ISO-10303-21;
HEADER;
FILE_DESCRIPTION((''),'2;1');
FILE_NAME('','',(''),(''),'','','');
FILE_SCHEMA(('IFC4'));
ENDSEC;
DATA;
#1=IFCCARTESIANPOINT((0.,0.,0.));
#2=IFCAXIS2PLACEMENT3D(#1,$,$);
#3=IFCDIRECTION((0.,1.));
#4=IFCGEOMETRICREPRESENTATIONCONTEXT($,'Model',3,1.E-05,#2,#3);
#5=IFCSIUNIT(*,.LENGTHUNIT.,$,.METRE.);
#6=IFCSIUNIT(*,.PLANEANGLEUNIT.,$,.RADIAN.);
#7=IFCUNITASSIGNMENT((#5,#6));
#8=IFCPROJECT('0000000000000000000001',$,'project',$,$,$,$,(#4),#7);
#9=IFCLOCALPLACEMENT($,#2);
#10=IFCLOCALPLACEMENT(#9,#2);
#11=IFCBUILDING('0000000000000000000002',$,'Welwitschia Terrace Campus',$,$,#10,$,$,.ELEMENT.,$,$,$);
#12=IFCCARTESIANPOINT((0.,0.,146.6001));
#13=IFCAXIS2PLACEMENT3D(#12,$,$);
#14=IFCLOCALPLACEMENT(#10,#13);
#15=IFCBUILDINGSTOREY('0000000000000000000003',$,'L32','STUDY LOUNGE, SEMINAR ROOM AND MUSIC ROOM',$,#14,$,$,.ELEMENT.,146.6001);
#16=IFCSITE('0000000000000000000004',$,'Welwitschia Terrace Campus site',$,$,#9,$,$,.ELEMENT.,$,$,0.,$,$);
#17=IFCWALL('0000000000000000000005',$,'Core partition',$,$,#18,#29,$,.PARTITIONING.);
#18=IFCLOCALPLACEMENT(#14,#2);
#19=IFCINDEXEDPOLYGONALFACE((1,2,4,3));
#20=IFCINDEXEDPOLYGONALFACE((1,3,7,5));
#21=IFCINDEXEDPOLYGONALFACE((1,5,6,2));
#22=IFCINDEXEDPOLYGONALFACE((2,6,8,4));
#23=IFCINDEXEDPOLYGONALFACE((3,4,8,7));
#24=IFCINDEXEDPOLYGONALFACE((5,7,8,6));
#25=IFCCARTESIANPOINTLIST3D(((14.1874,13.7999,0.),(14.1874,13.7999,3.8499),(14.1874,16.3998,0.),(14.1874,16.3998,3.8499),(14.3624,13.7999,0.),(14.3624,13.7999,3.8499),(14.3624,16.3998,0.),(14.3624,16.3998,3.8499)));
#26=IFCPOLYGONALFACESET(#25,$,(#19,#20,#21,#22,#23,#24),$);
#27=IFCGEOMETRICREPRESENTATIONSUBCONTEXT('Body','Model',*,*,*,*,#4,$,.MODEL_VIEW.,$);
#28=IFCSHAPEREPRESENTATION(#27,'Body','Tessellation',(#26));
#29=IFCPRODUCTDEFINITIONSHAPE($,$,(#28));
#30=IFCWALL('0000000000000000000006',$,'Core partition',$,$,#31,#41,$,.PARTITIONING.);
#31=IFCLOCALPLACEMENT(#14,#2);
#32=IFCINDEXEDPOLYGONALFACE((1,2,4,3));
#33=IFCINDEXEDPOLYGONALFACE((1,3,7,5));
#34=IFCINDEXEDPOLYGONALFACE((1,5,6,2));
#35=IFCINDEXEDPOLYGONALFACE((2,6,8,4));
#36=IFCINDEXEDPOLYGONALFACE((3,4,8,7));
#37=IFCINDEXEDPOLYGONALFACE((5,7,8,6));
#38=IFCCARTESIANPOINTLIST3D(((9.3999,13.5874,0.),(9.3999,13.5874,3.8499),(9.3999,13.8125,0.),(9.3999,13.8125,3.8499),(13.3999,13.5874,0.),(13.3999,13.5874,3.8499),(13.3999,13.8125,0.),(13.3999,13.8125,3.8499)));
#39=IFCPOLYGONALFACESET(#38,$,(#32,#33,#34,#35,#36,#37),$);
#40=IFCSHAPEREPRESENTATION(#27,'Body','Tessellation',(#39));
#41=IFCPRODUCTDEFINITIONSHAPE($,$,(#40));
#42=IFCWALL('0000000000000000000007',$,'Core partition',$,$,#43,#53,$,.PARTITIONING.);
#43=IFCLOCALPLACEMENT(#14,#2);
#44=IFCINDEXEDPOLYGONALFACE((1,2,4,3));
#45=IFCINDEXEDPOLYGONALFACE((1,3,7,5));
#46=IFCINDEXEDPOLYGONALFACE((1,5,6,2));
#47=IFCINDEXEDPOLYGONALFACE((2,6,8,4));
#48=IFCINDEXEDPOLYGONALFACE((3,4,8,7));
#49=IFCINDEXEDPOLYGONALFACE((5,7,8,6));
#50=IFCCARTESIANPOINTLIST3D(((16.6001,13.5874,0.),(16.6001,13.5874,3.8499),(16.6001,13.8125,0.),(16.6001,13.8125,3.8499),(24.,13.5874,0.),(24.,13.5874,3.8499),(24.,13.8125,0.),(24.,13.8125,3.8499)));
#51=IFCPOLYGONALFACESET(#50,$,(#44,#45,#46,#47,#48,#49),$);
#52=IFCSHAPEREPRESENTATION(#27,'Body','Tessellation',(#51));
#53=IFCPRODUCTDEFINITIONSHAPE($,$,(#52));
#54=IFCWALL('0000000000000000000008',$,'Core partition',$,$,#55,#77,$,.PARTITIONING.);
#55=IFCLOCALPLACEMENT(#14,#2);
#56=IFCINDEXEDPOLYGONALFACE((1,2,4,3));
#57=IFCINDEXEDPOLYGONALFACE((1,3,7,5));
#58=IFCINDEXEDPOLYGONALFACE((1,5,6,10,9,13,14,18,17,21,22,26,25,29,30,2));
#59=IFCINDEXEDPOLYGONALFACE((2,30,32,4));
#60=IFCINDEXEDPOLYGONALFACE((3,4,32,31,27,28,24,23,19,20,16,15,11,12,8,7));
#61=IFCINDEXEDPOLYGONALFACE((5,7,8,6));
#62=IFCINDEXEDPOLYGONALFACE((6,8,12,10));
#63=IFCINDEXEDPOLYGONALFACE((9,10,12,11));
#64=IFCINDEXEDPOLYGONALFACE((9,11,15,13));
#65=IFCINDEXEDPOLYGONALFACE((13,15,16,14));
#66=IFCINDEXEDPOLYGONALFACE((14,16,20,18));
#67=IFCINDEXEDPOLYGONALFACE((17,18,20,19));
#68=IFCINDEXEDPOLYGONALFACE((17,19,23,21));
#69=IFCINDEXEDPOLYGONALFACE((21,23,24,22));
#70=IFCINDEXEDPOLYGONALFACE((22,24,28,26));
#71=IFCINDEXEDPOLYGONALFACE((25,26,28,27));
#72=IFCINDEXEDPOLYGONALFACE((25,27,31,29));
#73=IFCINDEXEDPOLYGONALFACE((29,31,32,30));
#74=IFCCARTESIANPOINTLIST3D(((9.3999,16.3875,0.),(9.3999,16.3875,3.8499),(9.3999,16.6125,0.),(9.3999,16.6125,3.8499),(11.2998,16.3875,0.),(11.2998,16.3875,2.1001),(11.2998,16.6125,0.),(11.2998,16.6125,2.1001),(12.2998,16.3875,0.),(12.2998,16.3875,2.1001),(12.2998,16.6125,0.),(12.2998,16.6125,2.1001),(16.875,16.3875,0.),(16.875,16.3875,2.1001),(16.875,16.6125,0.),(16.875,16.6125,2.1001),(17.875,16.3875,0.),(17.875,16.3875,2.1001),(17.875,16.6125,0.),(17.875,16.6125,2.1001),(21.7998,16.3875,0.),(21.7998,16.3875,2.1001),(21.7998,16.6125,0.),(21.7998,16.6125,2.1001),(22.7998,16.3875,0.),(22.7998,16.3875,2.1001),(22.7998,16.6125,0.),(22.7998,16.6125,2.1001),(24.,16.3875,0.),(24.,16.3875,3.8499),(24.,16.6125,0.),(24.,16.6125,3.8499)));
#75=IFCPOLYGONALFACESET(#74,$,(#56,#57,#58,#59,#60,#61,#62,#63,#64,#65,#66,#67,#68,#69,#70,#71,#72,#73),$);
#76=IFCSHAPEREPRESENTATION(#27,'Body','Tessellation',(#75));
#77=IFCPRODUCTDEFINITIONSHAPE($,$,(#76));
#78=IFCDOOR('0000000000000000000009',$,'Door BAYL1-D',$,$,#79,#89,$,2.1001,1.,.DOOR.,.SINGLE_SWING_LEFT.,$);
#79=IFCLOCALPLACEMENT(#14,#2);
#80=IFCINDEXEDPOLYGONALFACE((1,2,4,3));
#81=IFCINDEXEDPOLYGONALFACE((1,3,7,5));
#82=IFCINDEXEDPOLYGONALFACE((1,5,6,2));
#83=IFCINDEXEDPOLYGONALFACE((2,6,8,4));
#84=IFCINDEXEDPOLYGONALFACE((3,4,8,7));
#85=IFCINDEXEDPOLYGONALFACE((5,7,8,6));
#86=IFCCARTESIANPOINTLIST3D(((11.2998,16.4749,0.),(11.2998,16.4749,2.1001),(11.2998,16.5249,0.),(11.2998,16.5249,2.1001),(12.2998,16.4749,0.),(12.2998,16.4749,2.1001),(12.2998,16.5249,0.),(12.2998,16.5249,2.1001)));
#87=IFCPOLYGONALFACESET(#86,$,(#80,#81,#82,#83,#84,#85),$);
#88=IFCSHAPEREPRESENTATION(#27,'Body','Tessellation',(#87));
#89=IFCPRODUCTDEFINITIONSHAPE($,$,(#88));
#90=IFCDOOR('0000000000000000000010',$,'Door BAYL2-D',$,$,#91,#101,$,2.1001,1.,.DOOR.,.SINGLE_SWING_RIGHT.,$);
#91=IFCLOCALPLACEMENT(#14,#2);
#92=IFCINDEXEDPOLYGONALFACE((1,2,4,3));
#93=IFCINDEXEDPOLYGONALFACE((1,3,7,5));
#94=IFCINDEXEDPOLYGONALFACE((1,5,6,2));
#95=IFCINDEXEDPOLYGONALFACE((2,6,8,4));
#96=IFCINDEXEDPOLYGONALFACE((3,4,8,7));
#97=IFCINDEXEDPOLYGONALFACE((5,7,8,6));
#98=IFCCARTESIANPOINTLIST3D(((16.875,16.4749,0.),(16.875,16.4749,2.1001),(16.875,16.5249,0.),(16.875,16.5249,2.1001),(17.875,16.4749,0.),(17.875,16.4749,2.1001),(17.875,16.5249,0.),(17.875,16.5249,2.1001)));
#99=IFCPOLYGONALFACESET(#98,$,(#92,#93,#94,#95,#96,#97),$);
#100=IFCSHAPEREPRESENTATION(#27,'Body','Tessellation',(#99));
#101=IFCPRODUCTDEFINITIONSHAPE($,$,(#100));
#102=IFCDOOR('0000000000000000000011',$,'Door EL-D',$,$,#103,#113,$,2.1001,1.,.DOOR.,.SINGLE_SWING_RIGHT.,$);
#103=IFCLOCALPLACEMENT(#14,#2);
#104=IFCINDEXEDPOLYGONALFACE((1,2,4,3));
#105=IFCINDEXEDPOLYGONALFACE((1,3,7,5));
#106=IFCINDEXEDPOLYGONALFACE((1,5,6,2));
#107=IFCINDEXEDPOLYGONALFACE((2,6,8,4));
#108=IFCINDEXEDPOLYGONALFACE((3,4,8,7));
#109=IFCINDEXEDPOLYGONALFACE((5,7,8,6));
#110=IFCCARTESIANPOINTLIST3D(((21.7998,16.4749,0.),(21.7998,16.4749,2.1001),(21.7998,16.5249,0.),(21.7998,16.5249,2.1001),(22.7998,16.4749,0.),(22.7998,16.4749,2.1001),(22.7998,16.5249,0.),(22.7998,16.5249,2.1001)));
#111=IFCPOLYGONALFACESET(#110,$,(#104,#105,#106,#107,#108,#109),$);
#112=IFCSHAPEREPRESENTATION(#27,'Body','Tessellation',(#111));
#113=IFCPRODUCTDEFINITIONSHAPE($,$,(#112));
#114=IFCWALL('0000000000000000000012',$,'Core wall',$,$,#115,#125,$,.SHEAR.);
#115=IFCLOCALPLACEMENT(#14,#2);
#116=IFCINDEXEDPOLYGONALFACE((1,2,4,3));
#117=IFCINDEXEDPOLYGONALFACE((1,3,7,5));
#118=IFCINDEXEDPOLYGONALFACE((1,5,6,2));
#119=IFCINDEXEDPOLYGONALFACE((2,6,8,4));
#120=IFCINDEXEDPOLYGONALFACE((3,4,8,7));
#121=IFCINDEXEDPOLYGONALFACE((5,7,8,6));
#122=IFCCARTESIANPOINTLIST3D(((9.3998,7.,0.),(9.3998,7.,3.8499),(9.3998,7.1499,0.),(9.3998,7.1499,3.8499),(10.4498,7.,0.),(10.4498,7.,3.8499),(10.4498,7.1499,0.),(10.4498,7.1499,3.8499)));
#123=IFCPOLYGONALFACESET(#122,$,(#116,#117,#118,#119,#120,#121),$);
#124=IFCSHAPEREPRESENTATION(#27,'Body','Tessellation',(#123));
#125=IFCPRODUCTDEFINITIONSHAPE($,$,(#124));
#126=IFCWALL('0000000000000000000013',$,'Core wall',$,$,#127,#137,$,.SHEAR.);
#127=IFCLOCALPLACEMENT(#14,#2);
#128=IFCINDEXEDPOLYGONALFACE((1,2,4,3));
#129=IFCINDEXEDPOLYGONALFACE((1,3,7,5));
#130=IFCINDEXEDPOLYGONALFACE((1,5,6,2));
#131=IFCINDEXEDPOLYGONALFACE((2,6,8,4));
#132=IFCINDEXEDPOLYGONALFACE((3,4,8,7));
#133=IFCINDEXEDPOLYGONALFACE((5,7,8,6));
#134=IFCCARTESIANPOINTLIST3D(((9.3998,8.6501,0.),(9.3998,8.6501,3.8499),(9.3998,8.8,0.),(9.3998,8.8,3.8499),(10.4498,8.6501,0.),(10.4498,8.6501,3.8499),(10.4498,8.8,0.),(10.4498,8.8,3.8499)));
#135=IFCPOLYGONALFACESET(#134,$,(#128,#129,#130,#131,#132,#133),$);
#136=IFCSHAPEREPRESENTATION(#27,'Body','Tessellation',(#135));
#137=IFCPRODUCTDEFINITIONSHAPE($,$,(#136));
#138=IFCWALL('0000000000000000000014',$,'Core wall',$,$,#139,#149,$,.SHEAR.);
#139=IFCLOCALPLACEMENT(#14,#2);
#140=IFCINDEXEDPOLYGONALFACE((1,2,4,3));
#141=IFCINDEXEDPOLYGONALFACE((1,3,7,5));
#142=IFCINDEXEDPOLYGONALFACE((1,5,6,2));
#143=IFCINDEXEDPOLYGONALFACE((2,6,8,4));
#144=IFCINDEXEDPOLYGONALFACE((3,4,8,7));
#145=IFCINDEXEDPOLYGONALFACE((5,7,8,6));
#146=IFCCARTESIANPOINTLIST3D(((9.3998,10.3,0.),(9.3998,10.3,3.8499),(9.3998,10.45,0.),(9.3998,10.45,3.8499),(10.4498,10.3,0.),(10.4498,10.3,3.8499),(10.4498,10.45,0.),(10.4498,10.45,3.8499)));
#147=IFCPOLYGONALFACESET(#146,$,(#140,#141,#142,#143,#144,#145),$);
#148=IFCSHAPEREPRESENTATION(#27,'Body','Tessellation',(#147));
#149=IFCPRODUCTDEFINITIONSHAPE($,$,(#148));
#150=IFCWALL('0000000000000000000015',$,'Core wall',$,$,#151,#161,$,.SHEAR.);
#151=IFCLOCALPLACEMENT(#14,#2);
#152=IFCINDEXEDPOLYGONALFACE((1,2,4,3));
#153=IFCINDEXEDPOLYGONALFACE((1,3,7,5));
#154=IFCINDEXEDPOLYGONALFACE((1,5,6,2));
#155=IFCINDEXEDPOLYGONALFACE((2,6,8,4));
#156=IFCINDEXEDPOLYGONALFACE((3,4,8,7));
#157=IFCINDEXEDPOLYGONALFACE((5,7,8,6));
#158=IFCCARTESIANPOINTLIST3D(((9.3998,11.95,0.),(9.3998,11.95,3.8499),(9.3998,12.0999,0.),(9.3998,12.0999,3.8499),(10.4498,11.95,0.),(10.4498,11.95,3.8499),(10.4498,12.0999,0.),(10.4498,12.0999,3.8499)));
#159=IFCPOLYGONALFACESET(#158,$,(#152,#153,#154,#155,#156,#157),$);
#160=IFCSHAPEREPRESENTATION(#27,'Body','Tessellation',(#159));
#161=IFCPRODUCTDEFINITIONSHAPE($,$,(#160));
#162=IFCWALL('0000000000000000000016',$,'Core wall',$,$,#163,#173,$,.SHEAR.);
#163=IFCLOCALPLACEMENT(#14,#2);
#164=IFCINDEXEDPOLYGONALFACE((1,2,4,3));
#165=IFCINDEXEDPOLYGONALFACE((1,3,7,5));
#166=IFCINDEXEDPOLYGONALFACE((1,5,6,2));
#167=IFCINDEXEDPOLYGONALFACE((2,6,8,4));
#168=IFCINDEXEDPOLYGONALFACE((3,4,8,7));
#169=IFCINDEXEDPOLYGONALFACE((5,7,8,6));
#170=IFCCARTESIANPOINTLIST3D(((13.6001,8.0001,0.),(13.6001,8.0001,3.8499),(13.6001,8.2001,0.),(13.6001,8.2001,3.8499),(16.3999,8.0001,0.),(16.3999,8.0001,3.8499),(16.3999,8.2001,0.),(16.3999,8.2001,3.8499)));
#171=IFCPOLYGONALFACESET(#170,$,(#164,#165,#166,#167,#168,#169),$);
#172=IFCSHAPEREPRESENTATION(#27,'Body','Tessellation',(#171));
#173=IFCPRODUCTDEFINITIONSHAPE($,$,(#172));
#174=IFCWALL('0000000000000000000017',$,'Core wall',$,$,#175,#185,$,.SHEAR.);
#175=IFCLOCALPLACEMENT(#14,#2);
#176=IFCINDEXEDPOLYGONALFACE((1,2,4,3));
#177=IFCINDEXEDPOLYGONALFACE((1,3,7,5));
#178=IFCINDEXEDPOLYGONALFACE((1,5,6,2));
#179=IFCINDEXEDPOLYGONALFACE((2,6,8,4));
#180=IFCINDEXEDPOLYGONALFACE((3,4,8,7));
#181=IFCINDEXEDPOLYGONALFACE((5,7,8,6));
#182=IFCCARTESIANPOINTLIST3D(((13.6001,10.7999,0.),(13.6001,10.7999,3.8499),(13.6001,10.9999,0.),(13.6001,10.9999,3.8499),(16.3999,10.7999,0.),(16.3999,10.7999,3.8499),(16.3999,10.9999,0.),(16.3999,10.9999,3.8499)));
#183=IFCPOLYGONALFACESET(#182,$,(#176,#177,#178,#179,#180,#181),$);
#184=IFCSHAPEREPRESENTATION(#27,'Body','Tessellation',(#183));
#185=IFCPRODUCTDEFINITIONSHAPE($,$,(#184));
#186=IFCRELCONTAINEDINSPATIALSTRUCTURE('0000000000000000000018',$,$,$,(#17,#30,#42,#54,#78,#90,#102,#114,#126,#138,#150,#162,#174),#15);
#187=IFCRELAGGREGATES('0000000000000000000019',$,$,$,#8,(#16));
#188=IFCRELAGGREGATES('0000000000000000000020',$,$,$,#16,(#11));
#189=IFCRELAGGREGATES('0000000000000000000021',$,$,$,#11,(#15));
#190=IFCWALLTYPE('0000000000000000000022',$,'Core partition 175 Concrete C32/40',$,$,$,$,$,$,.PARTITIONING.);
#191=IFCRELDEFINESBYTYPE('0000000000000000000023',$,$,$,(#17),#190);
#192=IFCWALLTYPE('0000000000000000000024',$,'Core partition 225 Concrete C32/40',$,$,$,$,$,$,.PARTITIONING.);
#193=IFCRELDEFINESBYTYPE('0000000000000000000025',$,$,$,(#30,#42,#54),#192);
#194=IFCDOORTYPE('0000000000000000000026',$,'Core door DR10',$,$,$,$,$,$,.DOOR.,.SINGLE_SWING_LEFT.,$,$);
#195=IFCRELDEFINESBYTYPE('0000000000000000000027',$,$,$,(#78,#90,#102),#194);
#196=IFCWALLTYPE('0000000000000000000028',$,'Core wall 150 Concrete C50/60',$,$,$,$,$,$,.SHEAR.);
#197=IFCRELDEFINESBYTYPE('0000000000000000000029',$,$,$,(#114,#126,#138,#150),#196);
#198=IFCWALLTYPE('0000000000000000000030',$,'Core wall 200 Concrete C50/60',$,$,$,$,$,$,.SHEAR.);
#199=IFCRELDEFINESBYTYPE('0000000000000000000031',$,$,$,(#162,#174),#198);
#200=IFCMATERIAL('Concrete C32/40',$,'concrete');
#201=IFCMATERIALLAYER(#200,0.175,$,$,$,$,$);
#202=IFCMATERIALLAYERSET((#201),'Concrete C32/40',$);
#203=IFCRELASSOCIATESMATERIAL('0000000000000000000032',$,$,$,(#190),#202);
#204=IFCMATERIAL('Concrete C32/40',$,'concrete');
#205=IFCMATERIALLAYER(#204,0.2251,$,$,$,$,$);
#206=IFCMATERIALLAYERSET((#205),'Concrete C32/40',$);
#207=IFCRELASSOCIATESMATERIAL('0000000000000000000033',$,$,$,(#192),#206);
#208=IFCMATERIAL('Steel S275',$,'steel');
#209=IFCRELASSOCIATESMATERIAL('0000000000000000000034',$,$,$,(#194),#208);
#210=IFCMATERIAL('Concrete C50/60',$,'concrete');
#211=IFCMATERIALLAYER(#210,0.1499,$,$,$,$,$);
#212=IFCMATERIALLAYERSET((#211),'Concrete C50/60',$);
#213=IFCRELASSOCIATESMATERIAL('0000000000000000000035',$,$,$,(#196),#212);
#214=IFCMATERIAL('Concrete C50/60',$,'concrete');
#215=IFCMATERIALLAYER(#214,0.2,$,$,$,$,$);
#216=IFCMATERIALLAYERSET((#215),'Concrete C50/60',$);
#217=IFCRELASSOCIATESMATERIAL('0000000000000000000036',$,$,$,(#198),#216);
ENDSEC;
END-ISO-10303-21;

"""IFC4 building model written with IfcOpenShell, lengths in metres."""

from ifc_helpers import new_model, si_unit, direction, frame, frame_2d, origin, place, context, subcontext, project, spatial, rectangle, extrude, material, layer, layer_set, type_object, element, fill, save


model = new_model("IFC4")

# Units and contexts
model_context = context("Model", 3, precision=1e-05, world=origin(), true_north=direction((0.0, 1.0)))
body_context = subcontext(model_context, "Body", "Model", "MODEL_VIEW")
ifc_project = project(units=[si_unit("LENGTHUNIT", "METRE"), si_unit("PLANEANGLEUNIT", "RADIAN")], contexts=[model_context])

# Site, building, storey
site_placement = place(None, origin())
site = spatial("IfcSite", under=ifc_project, at=site_placement, Name="Welwitschia Terrace Campus site", CompositionType="ELEMENT", RefElevation=0.0)
building_placement = place(site_placement, origin())
building = spatial("IfcBuilding", under=site, at=building_placement, Name="Welwitschia Terrace Campus", CompositionType="ELEMENT")
storey_placement = place(building_placement, frame((0.0, 0.0, 146.6001)))
storey = spatial("IfcBuildingStorey", under=building, at=storey_placement, Name="L32", Description="STUDY LOUNGE, SEMINAR ROOM AND MUSIC ROOM", CompositionType="ELEMENT", Elevation=146.6001)

# Walls
ifc_material_1 = material(Name="Concrete C32/40", Category="concrete")
ifc_layer_1 = layer(ifc_material_1, 0.175)
ifc_layer_set_1 = layer_set([ifc_layer_1], Name="Concrete C32/40")
wall_type_1 = type_object("IfcWallType", Name="Core partition 175 Concrete C32/40", PredefinedType="PARTITIONING", material=ifc_layer_set_1)
wall_1_placement = place(storey_placement, frame((14.2749, 13.8, 0.0), z_axis=(0.0, 0.0, 1.0), x_axis=(0.0, 1.0, 0.0)))
element("IfcWall", 1, at=wall_1_placement, inside=storey, type_object=wall_type_1, Name="Core partition", PredefinedType="PARTITIONING", context=body_context, shape_type="SweptSolid", body=[
    extrude(rectangle(XDim=2.5999, YDim=0.175, at=frame_2d((1.2998, 0.0))), origin(), (0.0, 0.0, 1.0), 3.8499),
])
ifc_material_2 = material(Name="Concrete C32/40", Category="concrete")
ifc_layer_2 = layer(ifc_material_2, 0.2251)
ifc_layer_set_2 = layer_set([ifc_layer_2], Name="Concrete C32/40")
wall_type_2 = type_object("IfcWallType", Name="Core partition 225 Concrete C32/40", PredefinedType="PARTITIONING", material=ifc_layer_set_2)
wall_2_placement = place(storey_placement, frame((9.3999, 13.7, 0.0), z_axis=(0.0, 0.0, 1.0), x_axis=(1.0, 0.0, 0.0)))
element("IfcWall", 2, at=wall_2_placement, inside=storey, type_object=wall_type_2, Name="Core partition", PredefinedType="PARTITIONING", context=body_context, shape_type="SweptSolid", body=[
    extrude(rectangle(XDim=4.0, YDim=0.2251, at=frame_2d((2.0, 0.0))), origin(), (0.0, 0.0, 1.0), 3.8499),
])
wall_3_placement = place(storey_placement, frame((16.6001, 13.7, 0.0), z_axis=(0.0, 0.0, 1.0), x_axis=(1.0, 0.0, 0.0)))
element("IfcWall", 3, at=wall_3_placement, inside=storey, type_object=wall_type_2, Name="Core partition", PredefinedType="PARTITIONING", context=body_context, shape_type="SweptSolid", body=[
    extrude(rectangle(XDim=7.3999, YDim=0.2251, at=frame_2d((3.7, 0.0))), origin(), (0.0, 0.0, 1.0), 3.8499),
])

# Wall, openings, doors
wall_4_placement = place(storey_placement, frame((9.3999, 16.5, 0.0), z_axis=(0.0, 0.0, 1.0), x_axis=(1.0, 0.0, 0.0)))
wall_4 = element("IfcWall", 4, at=wall_4_placement, inside=storey, type_object=wall_type_2, Name="Core partition", PredefinedType="PARTITIONING", context=body_context, shape_type="SweptSolid", body=[
    extrude(rectangle(XDim=14.6001, YDim=0.2251, at=frame_2d((7.3, 0.0))), origin(), (0.0, 0.0, 1.0), 3.8499),
])
opening_1_placement = place(wall_4_placement, frame((1.8999, 0.0, 0.0)))
opening_1 = element("IfcOpeningElement", 5, at=opening_1_placement, cuts=wall_4, PredefinedType="OPENING", context=body_context, shape_type="SweptSolid", body=[
    extrude(rectangle(XDim=1.0, YDim=2.1001, at=frame_2d((0.5, 1.05))), frame((0.0, 0.1226, 0.0), z_axis=(0.0, -1.0, 0.0), x_axis=(1.0, 0.0, 0.0)), (0.0, 0.0, 1.0), 0.2451),
])
opening_2_placement = place(wall_4_placement, frame((7.4751, 0.0, 0.0)))
opening_2 = element("IfcOpeningElement", 6, at=opening_2_placement, cuts=wall_4, PredefinedType="OPENING", context=body_context, shape_type="SweptSolid", body=[
    extrude(rectangle(XDim=1.0, YDim=2.1001, at=frame_2d((0.5, 1.05))), frame((0.0, 0.1226, 0.0), z_axis=(0.0, -1.0, 0.0), x_axis=(1.0, 0.0, 0.0)), (0.0, 0.0, 1.0), 0.2451),
])
opening_3_placement = place(wall_4_placement, frame((12.3999, 0.0, 0.0)))
opening_3 = element("IfcOpeningElement", 7, at=opening_3_placement, cuts=wall_4, PredefinedType="OPENING", context=body_context, shape_type="SweptSolid", body=[
    extrude(rectangle(XDim=1.0, YDim=2.1001, at=frame_2d((0.5, 1.05))), frame((0.0, 0.1226, 0.0), z_axis=(0.0, -1.0, 0.0), x_axis=(1.0, 0.0, 0.0)), (0.0, 0.0, 1.0), 0.2451),
])
ifc_material_3 = material(Name="Steel S275", Category="steel")
door_type_1 = type_object("IfcDoorType", Name="Core door DR10", OperationType="SINGLE_SWING_LEFT", PredefinedType="DOOR", material=ifc_material_3)
door_1_placement = place(opening_1_placement, origin())
door_1 = element("IfcDoor", 8, at=door_1_placement, inside=storey, type_object=door_type_1, Name="Door BAYL1-D", OperationType="SINGLE_SWING_LEFT", OverallHeight=2.1001, OverallWidth=1.0, PredefinedType="DOOR", context=body_context, shape_type="SweptSolid", body=[
    extrude(rectangle(XDim=1.0, YDim=2.1001, at=frame_2d((0.5, 1.05))), frame((0.0, 0.0249, 0.0), z_axis=(0.0, -1.0, 0.0), x_axis=(1.0, 0.0, 0.0)), (0.0, 0.0, 1.0), 0.05),
])
fill(opening_1, door_1)
door_2_placement = place(opening_2_placement, origin())
door_2 = element("IfcDoor", 9, at=door_2_placement, inside=storey, type_object=door_type_1, Name="Door BAYL2-D", OperationType="SINGLE_SWING_RIGHT", OverallHeight=2.1001, OverallWidth=1.0, PredefinedType="DOOR", context=body_context, shape_type="SweptSolid", body=[
    extrude(rectangle(XDim=1.0, YDim=2.1001, at=frame_2d((0.5, 1.05))), frame((0.0, 0.0249, 0.0), z_axis=(0.0, -1.0, 0.0), x_axis=(1.0, 0.0, 0.0)), (0.0, 0.0, 1.0), 0.05),
])
fill(opening_2, door_2)
door_3_placement = place(opening_3_placement, origin())
door_3 = element("IfcDoor", 10, at=door_3_placement, inside=storey, type_object=door_type_1, Name="Door EL-D", OperationType="SINGLE_SWING_RIGHT", OverallHeight=2.1001, OverallWidth=1.0, PredefinedType="DOOR", context=body_context, shape_type="SweptSolid", body=[
    extrude(rectangle(XDim=1.0, YDim=2.1001, at=frame_2d((0.5, 1.05))), frame((0.0, 0.0249, 0.0), z_axis=(0.0, -1.0, 0.0), x_axis=(1.0, 0.0, 0.0)), (0.0, 0.0, 1.0), 0.05),
])
fill(opening_3, door_3)

# Walls
ifc_material_4 = material(Name="Concrete C50/60", Category="concrete")
ifc_layer_3 = layer(ifc_material_4, 0.1499)
ifc_layer_set_3 = layer_set([ifc_layer_3], Name="Concrete C50/60")
wall_type_3 = type_object("IfcWallType", Name="Core wall 150 Concrete C50/60", PredefinedType="SHEAR", material=ifc_layer_set_3)
for number, where, z_axis, x_axis, name in (
    (11, (9.3999, 7.075, 0.0), (0.0, 0.0, 1.0), (1.0, 0.0, 0.0), "Core wall"),
    (12, (9.3999, 8.7251, 0.0), (0.0, 0.0, 1.0), (1.0, 0.0, 0.0), "Core wall"),
    (13, (9.3999, 10.375, 0.0), (0.0, 0.0, 1.0), (1.0, 0.0, 0.0), "Core wall"),
    (14, (9.3999, 12.0249, 0.0), (0.0, 0.0, 1.0), (1.0, 0.0, 0.0), "Core wall"),
):
    element("IfcWall", number, at=place(storey_placement, frame(where, z_axis=z_axis, x_axis=x_axis)), inside=storey, type_object=wall_type_3, Name=name, PredefinedType="SHEAR", context=body_context, shape_type="SweptSolid", body=[
        extrude(rectangle(XDim=1.05, YDim=0.1499, at=frame_2d((0.5249, 0.0))), origin(), (0.0, 0.0, 1.0), 3.8499),
    ])
ifc_material_5 = material(Name="Concrete C50/60", Category="concrete")
ifc_layer_4 = layer(ifc_material_5, 0.2)
ifc_layer_set_4 = layer_set([ifc_layer_4], Name="Concrete C50/60")
wall_type_4 = type_object("IfcWallType", Name="Core wall 200 Concrete C50/60", PredefinedType="SHEAR", material=ifc_layer_set_4)
for number, where, z_axis, x_axis, name in (
    (15, (13.6001, 8.1001, 0.0), (0.0, 0.0, 1.0), (1.0, 0.0, 0.0), "Core wall"),
    (16, (13.6001, 10.8999, 0.0), (0.0, 0.0, 1.0), (1.0, 0.0, 0.0), "Core wall"),
):
    element("IfcWall", number, at=place(storey_placement, frame(where, z_axis=z_axis, x_axis=x_axis)), inside=storey, type_object=wall_type_4, Name=name, PredefinedType="SHEAR", context=body_context, shape_type="SweptSolid", body=[
        extrude(rectangle(XDim=2.7998, YDim=0.2, at=frame_2d((1.3999, 0.0))), origin(), (0.0, 0.0, 1.0), 3.8499),
    ])

save(model, "model.ifc")
